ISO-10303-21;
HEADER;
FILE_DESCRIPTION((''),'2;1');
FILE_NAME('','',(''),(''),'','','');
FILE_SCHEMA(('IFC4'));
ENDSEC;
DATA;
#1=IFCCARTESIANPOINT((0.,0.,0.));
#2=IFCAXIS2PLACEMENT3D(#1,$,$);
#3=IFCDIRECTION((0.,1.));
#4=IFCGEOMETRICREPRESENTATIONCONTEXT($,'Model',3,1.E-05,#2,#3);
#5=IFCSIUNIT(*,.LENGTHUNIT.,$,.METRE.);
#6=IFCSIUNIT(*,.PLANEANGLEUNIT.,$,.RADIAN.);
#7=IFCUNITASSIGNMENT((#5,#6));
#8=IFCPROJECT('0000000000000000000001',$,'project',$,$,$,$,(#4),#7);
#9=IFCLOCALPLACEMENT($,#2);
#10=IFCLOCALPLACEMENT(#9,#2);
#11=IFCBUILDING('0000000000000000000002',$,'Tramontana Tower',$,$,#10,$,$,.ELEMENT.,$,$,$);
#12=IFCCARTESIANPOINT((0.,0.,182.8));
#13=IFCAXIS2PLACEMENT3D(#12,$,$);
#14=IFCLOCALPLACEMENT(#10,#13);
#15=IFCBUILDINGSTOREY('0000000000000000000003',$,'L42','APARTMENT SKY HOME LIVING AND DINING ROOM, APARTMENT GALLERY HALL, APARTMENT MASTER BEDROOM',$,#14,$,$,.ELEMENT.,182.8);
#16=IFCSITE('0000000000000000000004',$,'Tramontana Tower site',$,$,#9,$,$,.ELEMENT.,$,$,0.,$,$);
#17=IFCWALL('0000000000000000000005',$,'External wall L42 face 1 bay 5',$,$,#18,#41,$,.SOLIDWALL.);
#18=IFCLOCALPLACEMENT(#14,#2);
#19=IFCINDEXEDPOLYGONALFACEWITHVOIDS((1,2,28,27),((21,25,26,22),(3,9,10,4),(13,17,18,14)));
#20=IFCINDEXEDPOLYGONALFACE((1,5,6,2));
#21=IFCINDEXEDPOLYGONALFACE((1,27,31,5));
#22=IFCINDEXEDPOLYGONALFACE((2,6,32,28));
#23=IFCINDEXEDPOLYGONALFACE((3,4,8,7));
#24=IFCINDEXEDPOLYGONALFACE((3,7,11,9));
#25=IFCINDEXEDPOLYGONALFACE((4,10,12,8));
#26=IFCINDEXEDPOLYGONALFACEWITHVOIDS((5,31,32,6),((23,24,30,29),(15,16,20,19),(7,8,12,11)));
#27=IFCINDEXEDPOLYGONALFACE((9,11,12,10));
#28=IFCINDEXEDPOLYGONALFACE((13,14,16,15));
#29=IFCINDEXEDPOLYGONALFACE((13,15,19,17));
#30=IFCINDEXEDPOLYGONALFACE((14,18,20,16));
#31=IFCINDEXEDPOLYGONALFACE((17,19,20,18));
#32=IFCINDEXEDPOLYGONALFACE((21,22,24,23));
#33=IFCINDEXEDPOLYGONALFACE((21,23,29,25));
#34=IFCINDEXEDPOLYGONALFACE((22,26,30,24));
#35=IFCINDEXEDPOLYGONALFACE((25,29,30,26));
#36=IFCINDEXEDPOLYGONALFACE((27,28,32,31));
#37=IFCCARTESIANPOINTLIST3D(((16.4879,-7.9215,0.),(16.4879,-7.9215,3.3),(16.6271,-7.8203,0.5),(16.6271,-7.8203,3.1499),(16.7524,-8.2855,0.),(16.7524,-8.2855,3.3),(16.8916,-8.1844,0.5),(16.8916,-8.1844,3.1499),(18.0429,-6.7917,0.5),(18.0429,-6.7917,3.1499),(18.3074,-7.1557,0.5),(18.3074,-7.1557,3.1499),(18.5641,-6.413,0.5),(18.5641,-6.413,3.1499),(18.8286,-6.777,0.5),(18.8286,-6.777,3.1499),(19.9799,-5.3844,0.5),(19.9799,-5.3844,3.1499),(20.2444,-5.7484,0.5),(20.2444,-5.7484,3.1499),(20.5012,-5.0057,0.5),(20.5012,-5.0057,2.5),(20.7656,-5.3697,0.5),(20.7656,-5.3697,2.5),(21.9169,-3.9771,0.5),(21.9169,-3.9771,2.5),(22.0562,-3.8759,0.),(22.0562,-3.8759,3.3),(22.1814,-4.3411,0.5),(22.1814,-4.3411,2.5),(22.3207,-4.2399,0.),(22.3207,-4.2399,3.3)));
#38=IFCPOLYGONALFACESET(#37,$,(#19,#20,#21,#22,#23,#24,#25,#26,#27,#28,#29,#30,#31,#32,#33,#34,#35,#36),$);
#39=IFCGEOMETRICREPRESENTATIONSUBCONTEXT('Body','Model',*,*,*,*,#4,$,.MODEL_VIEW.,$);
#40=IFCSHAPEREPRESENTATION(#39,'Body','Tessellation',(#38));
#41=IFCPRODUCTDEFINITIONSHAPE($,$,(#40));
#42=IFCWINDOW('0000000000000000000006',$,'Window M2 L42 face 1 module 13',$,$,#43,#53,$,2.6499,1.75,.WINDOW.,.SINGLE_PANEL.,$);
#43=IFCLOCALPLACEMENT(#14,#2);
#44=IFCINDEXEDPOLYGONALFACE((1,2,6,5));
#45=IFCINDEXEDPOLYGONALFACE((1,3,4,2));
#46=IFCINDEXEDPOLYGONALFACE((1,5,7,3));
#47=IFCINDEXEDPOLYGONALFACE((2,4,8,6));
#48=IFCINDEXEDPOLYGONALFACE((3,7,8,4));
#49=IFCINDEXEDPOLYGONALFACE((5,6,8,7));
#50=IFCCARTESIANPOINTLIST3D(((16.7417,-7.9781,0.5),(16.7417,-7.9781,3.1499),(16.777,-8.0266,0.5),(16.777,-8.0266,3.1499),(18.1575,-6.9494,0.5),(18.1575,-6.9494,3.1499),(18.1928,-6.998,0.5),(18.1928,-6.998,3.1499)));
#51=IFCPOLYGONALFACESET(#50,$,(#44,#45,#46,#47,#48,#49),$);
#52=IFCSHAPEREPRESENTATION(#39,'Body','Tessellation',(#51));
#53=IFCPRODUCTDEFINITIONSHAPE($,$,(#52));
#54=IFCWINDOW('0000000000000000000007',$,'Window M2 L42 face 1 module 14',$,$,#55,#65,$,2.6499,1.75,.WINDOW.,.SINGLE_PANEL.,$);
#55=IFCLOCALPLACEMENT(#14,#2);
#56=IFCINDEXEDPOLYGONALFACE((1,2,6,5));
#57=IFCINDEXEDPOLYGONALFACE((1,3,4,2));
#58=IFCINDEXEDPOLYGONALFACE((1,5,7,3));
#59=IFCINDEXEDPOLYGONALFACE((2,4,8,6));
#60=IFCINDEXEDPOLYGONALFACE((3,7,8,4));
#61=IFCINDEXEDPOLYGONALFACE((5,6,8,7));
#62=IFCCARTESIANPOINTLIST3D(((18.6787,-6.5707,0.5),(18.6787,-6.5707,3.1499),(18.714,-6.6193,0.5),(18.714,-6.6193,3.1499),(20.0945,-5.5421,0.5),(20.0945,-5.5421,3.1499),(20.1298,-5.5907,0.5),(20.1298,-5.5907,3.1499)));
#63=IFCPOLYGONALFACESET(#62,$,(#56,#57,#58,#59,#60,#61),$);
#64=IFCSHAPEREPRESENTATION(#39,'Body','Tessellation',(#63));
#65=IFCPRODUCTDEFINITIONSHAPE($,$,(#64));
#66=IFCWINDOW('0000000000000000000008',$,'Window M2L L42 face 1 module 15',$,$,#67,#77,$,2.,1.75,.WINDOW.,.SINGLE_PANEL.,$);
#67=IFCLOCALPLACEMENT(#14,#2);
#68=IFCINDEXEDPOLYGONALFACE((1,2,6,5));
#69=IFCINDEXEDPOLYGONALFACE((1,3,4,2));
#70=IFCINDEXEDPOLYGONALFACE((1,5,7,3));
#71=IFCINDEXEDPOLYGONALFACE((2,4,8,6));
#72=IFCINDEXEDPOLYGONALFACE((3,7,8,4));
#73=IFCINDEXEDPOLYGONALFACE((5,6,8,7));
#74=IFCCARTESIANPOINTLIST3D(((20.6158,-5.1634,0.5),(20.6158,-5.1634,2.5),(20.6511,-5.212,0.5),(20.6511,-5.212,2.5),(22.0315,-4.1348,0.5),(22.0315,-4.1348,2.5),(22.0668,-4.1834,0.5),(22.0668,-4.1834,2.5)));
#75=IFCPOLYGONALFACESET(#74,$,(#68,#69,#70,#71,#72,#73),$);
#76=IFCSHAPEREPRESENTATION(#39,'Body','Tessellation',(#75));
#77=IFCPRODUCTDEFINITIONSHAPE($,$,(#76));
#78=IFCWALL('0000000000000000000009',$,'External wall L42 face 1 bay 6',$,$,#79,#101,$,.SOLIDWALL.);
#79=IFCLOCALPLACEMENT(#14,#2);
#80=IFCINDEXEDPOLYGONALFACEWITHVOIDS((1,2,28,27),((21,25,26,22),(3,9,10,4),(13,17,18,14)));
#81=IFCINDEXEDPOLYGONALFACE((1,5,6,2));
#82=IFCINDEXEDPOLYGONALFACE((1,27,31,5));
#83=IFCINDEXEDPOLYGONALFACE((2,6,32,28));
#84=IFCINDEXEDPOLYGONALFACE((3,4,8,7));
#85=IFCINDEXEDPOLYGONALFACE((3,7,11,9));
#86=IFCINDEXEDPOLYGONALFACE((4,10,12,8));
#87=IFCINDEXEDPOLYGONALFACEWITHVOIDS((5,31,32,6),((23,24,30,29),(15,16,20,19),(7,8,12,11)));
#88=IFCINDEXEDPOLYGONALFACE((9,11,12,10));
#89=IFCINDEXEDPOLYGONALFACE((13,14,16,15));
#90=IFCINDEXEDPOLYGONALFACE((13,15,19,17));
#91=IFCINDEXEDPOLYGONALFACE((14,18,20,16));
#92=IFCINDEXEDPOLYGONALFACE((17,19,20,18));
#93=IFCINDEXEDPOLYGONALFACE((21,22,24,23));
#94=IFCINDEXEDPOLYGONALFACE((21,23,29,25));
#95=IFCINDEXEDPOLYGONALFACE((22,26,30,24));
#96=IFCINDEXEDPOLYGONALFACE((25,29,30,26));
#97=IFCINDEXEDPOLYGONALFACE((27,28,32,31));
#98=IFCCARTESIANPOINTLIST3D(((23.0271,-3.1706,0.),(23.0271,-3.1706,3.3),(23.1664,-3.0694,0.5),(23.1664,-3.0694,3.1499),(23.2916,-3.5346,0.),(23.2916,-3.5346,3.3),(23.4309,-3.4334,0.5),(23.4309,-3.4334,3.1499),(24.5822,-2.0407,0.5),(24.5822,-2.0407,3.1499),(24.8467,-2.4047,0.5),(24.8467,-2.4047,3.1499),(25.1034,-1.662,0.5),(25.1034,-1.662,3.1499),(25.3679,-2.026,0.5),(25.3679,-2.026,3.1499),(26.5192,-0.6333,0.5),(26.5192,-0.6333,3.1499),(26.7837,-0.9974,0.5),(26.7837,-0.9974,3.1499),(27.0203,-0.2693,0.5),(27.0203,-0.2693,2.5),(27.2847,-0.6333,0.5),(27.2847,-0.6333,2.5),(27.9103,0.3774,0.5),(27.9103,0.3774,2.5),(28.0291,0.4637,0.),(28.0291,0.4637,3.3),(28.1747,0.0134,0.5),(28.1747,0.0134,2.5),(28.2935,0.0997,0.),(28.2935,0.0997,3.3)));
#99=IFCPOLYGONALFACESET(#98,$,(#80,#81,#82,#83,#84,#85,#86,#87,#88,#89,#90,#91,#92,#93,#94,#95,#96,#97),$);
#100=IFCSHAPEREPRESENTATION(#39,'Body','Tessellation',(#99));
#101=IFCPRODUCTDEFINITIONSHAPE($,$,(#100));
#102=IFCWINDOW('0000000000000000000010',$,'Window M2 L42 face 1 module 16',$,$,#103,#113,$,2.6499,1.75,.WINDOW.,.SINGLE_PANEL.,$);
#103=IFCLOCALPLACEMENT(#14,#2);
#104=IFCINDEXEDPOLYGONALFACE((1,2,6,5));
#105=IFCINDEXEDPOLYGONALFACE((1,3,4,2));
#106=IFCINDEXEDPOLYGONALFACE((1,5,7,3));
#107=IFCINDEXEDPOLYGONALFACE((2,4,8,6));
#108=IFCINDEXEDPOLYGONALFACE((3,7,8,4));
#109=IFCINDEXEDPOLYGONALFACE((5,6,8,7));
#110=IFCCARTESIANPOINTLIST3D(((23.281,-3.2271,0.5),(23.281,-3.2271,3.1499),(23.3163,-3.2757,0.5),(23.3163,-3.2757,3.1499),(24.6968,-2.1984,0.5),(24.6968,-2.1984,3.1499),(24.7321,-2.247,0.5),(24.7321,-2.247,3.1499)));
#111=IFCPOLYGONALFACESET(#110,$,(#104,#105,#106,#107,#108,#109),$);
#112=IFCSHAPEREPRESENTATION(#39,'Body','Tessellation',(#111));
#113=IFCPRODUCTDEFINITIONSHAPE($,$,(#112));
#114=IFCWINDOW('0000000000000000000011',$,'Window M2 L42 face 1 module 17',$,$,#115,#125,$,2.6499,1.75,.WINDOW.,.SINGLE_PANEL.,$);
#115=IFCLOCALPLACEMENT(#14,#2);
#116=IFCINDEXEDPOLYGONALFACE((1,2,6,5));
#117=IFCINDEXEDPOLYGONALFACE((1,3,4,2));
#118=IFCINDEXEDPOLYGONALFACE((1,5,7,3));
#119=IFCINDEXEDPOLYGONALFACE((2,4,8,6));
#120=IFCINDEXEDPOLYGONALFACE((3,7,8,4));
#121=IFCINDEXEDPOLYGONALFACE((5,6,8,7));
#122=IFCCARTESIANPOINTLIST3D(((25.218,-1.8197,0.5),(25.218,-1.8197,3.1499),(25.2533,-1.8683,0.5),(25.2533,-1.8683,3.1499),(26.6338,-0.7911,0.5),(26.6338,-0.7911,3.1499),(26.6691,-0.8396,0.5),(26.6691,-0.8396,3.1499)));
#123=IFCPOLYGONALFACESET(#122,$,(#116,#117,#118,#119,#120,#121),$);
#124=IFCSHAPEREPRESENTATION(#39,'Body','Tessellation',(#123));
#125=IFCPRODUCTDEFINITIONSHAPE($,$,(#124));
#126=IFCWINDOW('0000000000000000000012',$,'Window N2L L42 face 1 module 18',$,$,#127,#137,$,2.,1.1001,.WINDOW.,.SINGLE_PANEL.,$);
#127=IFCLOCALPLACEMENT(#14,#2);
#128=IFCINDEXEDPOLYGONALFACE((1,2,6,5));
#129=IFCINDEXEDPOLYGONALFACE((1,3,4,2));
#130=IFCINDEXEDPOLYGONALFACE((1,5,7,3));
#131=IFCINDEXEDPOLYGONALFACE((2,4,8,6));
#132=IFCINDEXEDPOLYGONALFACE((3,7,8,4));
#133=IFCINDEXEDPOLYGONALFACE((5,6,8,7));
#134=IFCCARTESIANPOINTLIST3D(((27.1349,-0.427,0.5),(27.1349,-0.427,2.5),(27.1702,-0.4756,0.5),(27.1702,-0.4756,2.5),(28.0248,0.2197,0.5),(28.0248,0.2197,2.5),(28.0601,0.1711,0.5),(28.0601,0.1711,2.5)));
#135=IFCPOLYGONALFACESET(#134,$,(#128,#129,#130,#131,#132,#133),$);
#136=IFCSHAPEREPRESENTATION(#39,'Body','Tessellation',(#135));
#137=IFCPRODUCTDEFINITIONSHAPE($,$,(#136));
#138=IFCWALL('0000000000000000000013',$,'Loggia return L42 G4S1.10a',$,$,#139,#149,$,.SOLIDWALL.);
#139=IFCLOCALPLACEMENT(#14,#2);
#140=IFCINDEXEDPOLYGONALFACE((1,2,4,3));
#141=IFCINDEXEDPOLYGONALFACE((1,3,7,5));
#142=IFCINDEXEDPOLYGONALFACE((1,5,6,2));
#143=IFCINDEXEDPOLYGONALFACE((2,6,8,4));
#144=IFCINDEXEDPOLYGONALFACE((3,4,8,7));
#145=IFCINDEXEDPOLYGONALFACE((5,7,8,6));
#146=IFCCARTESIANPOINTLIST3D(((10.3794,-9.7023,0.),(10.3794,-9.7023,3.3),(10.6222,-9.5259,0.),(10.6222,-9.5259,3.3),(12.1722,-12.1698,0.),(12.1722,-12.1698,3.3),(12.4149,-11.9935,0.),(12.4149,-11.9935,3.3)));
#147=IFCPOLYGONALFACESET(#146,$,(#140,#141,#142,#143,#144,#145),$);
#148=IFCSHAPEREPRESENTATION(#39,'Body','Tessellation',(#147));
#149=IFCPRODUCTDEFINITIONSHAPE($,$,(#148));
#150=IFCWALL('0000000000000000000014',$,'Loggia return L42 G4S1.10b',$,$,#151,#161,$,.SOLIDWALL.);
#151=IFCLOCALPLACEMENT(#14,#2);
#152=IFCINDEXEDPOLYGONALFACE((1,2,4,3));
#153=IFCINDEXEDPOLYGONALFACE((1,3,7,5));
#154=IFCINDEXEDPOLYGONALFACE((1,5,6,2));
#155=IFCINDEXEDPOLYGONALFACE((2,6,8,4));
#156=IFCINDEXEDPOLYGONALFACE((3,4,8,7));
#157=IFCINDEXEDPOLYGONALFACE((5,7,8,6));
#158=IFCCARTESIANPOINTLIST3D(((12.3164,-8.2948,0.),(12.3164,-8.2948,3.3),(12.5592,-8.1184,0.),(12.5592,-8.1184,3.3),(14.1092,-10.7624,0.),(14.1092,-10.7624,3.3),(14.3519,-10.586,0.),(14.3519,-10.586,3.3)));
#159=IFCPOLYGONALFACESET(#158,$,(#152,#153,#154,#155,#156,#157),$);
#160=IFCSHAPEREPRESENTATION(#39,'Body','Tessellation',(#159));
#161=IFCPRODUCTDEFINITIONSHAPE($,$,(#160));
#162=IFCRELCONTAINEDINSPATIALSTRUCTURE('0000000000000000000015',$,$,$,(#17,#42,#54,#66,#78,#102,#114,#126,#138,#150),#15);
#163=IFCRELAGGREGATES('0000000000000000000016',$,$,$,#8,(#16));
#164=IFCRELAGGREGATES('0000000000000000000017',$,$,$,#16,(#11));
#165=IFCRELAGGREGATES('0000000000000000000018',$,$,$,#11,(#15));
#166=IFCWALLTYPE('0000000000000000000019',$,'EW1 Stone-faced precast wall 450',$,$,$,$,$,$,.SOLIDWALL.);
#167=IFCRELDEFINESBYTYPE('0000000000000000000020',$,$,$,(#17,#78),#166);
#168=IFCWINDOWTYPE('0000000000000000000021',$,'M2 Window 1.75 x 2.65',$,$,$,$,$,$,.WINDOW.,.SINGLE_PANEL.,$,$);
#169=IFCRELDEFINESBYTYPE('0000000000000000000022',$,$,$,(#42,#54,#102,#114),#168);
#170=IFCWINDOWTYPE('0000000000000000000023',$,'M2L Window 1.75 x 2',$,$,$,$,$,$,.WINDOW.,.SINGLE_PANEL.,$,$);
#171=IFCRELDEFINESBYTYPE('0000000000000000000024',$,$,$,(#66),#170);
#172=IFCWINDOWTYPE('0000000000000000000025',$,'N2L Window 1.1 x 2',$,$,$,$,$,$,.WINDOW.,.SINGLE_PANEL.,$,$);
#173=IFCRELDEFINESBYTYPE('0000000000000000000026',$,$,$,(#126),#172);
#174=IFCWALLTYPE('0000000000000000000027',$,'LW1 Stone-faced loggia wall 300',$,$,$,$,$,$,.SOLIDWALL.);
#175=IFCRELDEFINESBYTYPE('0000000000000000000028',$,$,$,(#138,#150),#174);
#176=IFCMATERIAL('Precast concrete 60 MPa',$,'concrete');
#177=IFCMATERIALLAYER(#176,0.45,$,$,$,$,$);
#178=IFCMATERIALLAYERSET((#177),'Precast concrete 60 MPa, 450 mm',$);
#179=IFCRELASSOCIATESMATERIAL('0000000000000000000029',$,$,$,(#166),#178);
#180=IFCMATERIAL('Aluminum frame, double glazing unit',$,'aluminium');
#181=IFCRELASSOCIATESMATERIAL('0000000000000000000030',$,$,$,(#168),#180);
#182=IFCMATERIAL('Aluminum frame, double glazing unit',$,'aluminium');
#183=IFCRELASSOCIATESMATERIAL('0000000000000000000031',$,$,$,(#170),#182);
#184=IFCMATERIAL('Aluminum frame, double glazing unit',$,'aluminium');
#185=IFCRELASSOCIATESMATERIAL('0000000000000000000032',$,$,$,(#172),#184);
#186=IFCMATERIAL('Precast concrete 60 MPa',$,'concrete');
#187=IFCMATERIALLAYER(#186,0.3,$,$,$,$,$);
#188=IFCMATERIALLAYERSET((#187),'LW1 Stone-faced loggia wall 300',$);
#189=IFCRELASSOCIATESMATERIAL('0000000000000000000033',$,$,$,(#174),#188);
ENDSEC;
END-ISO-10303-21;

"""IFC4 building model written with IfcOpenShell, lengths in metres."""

from ifc_helpers import new_model, si_unit, direction, frame, frame_2d, origin, place, context, subcontext, project, spatial, rectangle, extrude, material, layer, layer_set, type_object, element, fill, save


model = new_model("IFC4")

# Units and contexts
model_context = context("Model", 3, precision=1e-05, world=origin(), true_north=direction((0.0, 1.0)))
body_context = subcontext(model_context, "Body", "Model", "MODEL_VIEW")
ifc_project = project(units=[si_unit("LENGTHUNIT", "METRE"), si_unit("PLANEANGLEUNIT", "RADIAN")], contexts=[model_context])

# Site, building, storey
site_placement = place(None, origin())
site = spatial("IfcSite", under=ifc_project, at=site_placement, Name="Tramontana Tower site", CompositionType="ELEMENT", RefElevation=0.0)
building_placement = place(site_placement, origin())
building = spatial("IfcBuilding", under=site, at=building_placement, Name="Tramontana Tower", CompositionType="ELEMENT")
storey_placement = place(building_placement, frame((0.0, 0.0, 182.8)))
storey = spatial("IfcBuildingStorey", under=building, at=storey_placement, Name="L42", Description="APARTMENT SKY HOME LIVING AND DINING ROOM, APARTMENT GALLERY HALL, APARTMENT MASTER BEDROOM", CompositionType="ELEMENT", Elevation=182.8)

# Shared definitions
ifc_material_1 = material(Name="Precast concrete 60 MPa", Category="concrete")
ifc_layer_1 = layer(ifc_material_1, 0.45)
ifc_layer_set_1 = layer_set([ifc_layer_1], Name="Precast concrete 60 MPa, 450 mm")
wall_type_1 = type_object("IfcWallType", Name="EW1 Stone-faced precast wall 450", PredefinedType="SOLIDWALL", material=ifc_layer_set_1)
ifc_material_2 = material(Name="Aluminum frame, double glazing unit", Category="aluminium")
window_type_1 = type_object("IfcWindowType", Name="M2 Window 1.75 x 2.65", PartitioningType="SINGLE_PANEL", PredefinedType="WINDOW", material=ifc_material_2)

# Walls, openings, windows
wall_1_placement = place(storey_placement, frame((16.6201, -8.1035, 0.0), z_axis=(0.0, 0.0, 1.0), x_axis=(0.809017, 0.587786, 0.0)))
wall_1 = element("IfcWall", 1, at=wall_1_placement, inside=storey, type_object=wall_type_1, Name="External wall L42 face 1 bay 5", PredefinedType="SOLIDWALL", context=body_context, shape_type="SweptSolid", body=[
    extrude(rectangle(XDim=6.8828, YDim=0.45, at=frame_2d((3.4414, 0.0))), origin(), (0.0, 0.0, 1.0), 3.3),
])
opening_1_placement = place(wall_1_placement, frame((0.1721, 0.0, 0.5)))
opening_1 = element("IfcOpeningElement", 2, at=opening_1_placement, cuts=wall_1, PredefinedType="OPENING", context=body_context, shape_type="SweptSolid", body=[
    extrude(rectangle(XDim=1.75, YDim=2.6499, at=frame_2d((0.875, 1.325))), frame((0.0, 0.2349, 0.0), z_axis=(0.0, -1.0, 0.0), x_axis=(1.0, 0.0, 0.0)), (0.0, 0.0, 1.0), 0.47),
])
opening_2_placement = place(wall_1_placement, frame((2.5664, 0.0, 0.5)))
opening_2 = element("IfcOpeningElement", 3, at=opening_2_placement, cuts=wall_1, PredefinedType="OPENING", context=body_context, shape_type="SweptSolid", body=[
    extrude(rectangle(XDim=1.75, YDim=2.6499, at=frame_2d((0.875, 1.325))), frame((0.0, 0.2349, 0.0), z_axis=(0.0, -1.0, 0.0), x_axis=(1.0, 0.0, 0.0)), (0.0, 0.0, 1.0), 0.47),
])
opening_3_placement = place(wall_1_placement, frame((4.9607, 0.0, 0.5)))
opening_3 = element("IfcOpeningElement", 4, at=opening_3_placement, cuts=wall_1, PredefinedType="OPENING", context=body_context, shape_type="SweptSolid", body=[
    extrude(rectangle(XDim=1.75, YDim=2.0, at=frame_2d((0.875, 1.0))), frame((0.0, 0.2349, 0.0), z_axis=(0.0, -1.0, 0.0), x_axis=(1.0, 0.0, 0.0)), (0.0, 0.0, 1.0), 0.47),
])
window_1_placement = place(opening_1_placement, origin())
window_1 = element("IfcWindow", 5, at=window_1_placement, inside=storey, type_object=window_type_1, Name="Window M2 L42 face 1 module 13", OverallHeight=2.6499, OverallWidth=1.75, PartitioningType="SINGLE_PANEL", PredefinedType="WINDOW", context=body_context, shape_type="SweptSolid", body=[
    extrude(rectangle(XDim=1.75, YDim=2.6499, at=frame_2d((0.875, 1.325))), frame((0.0, 0.03, 0.0), z_axis=(0.0, -1.0, 0.0), x_axis=(1.0, 0.0, 0.0)), (0.0, 0.0, 1.0), 0.0601),
])
fill(opening_1, window_1)
window_2_placement = place(opening_2_placement, origin())
window_2 = element("IfcWindow", 6, at=window_2_placement, inside=storey, type_object=window_type_1, Name="Window M2 L42 face 1 module 14", OverallHeight=2.6499, OverallWidth=1.75, PartitioningType="SINGLE_PANEL", PredefinedType="WINDOW", context=body_context, shape_type="SweptSolid", body=[
    extrude(rectangle(XDim=1.75, YDim=2.6499, at=frame_2d((0.875, 1.325))), frame((0.0, 0.03, 0.0), z_axis=(0.0, -1.0, 0.0), x_axis=(1.0, 0.0, 0.0)), (0.0, 0.0, 1.0), 0.0601),
])
fill(opening_2, window_2)
ifc_material_3 = material(Name="Aluminum frame, double glazing unit", Category="aluminium")
window_type_2 = type_object("IfcWindowType", Name="M2L Window 1.75 x 2", PartitioningType="SINGLE_PANEL", PredefinedType="WINDOW", material=ifc_material_3)
window_3_placement = place(opening_3_placement, origin())
window_3 = element("IfcWindow", 7, at=window_3_placement, inside=storey, type_object=window_type_2, Name="Window M2L L42 face 1 module 15", OverallHeight=2.0, OverallWidth=1.75, PartitioningType="SINGLE_PANEL", PredefinedType="WINDOW", context=body_context, shape_type="SweptSolid", body=[
    extrude(rectangle(XDim=1.75, YDim=2.0, at=frame_2d((0.875, 1.0))), frame((0.0, 0.03, 0.0), z_axis=(0.0, -1.0, 0.0), x_axis=(1.0, 0.0, 0.0)), (0.0, 0.0, 1.0), 0.0601),
])
fill(opening_3, window_3)
wall_2_placement = place(storey_placement, frame((23.1594, -3.3525, 0.0), z_axis=(0.0, 0.0, 1.0), x_axis=(0.809006, 0.587801, 0.0)))
wall_2 = element("IfcWall", 8, at=wall_2_placement, inside=storey, type_object=wall_type_1, Name="External wall L42 face 1 bay 6", PredefinedType="SOLIDWALL", context=body_context, shape_type="SweptSolid", body=[
    extrude(rectangle(XDim=6.1829, YDim=0.45, at=frame_2d((3.0913, 0.0))), origin(), (0.0, 0.0, 1.0), 3.3),
])
opening_4_placement = place(wall_2_placement, frame((0.1721, 0.0, 0.5)))
opening_4 = element("IfcOpeningElement", 9, at=opening_4_placement, cuts=wall_2, PredefinedType="OPENING", context=body_context, shape_type="SweptSolid", body=[
    extrude(rectangle(XDim=1.75, YDim=2.6499, at=frame_2d((0.875, 1.325))), frame((0.0, 0.2349, 0.0), z_axis=(0.0, -1.0, 0.0), x_axis=(1.0, 0.0, 0.0)), (0.0, 0.0, 1.0), 0.47),
])
opening_5_placement = place(wall_2_placement, frame((2.5664, 0.0, 0.5)))
opening_5 = element("IfcOpeningElement", 10, at=opening_5_placement, cuts=wall_2, PredefinedType="OPENING", context=body_context, shape_type="SweptSolid", body=[
    extrude(rectangle(XDim=1.75, YDim=2.6499, at=frame_2d((0.875, 1.325))), frame((0.0, 0.2349, 0.0), z_axis=(0.0, -1.0, 0.0), x_axis=(1.0, 0.0, 0.0)), (0.0, 0.0, 1.0), 0.47),
])
opening_6_placement = place(wall_2_placement, frame((4.9358, 0.0, 0.5)))
opening_6 = element("IfcOpeningElement", 11, at=opening_6_placement, cuts=wall_2, PredefinedType="OPENING", context=body_context, shape_type="SweptSolid", body=[
    extrude(rectangle(XDim=1.1001, YDim=2.0, at=frame_2d((0.55, 1.0))), frame((0.0, 0.2349, 0.0), z_axis=(0.0, -1.0, 0.0), x_axis=(1.0, 0.0, 0.0)), (0.0, 0.0, 1.0), 0.47),
])
window_4_placement = place(opening_4_placement, origin())
window_4 = element("IfcWindow", 12, at=window_4_placement, inside=storey, type_object=window_type_1, Name="Window M2 L42 face 1 module 16", OverallHeight=2.6499, OverallWidth=1.75, PartitioningType="SINGLE_PANEL", PredefinedType="WINDOW", context=body_context, shape_type="SweptSolid", body=[
    extrude(rectangle(XDim=1.75, YDim=2.6499, at=frame_2d((0.875, 1.325))), frame((0.0, 0.03, 0.0), z_axis=(0.0, -1.0, 0.0), x_axis=(1.0, 0.0, 0.0)), (0.0, 0.0, 1.0), 0.0601),
])
fill(opening_4, window_4)
window_5_placement = place(opening_5_placement, origin())
window_5 = element("IfcWindow", 13, at=window_5_placement, inside=storey, type_object=window_type_1, Name="Window M2 L42 face 1 module 17", OverallHeight=2.6499, OverallWidth=1.75, PartitioningType="SINGLE_PANEL", PredefinedType="WINDOW", context=body_context, shape_type="SweptSolid", body=[
    extrude(rectangle(XDim=1.75, YDim=2.6499, at=frame_2d((0.875, 1.325))), frame((0.0, 0.03, 0.0), z_axis=(0.0, -1.0, 0.0), x_axis=(1.0, 0.0, 0.0)), (0.0, 0.0, 1.0), 0.0601),
])
fill(opening_5, window_5)
ifc_material_4 = material(Name="Aluminum frame, double glazing unit", Category="aluminium")
window_type_3 = type_object("IfcWindowType", Name="N2L Window 1.1 x 2", PartitioningType="SINGLE_PANEL", PredefinedType="WINDOW", material=ifc_material_4)
window_6_placement = place(opening_6_placement, origin())
window_6 = element("IfcWindow", 14, at=window_6_placement, inside=storey, type_object=window_type_3, Name="Window N2L L42 face 1 module 18", OverallHeight=2.0, OverallWidth=1.1001, PartitioningType="SINGLE_PANEL", PredefinedType="WINDOW", context=body_context, shape_type="SweptSolid", body=[
    extrude(rectangle(XDim=1.1001, YDim=2.0, at=frame_2d((0.55, 1.0))), frame((0.0, 0.03, 0.0), z_axis=(0.0, -1.0, 0.0), x_axis=(1.0, 0.0, 0.0)), (0.0, 0.0, 1.0), 0.0601),
])
fill(opening_6, window_6)

# Walls
ifc_material_5 = material(Name="Precast concrete 60 MPa", Category="concrete")
ifc_layer_2 = layer(ifc_material_5, 0.3)
ifc_layer_set_2 = layer_set([ifc_layer_2], Name="LW1 Stone-faced loggia wall 300")
wall_type_2 = type_object("IfcWallType", Name="LW1 Stone-faced loggia wall 300", PredefinedType="SOLIDWALL", material=ifc_layer_set_2)
for number, where, z_axis, x_axis, name in (
    (15, (12.2935, -12.0815, 0.0), (0.0, 0.0, 1.0), (-0.587777, 0.809023, 0.0), "Loggia return L42 G4S1.10a"),
    (16, (14.2305, -10.6741, 0.0), (0.0, 0.0, 1.0), (-0.587777, 0.809023, 0.0), "Loggia return L42 G4S1.10b"),
):
    element("IfcWall", number, at=place(storey_placement, frame(where, z_axis=z_axis, x_axis=x_axis)), inside=storey, type_object=wall_type_2, Name=name, PredefinedType="SOLIDWALL", context=body_context, shape_type="SweptSolid", body=[
        extrude(rectangle(XDim=3.05, YDim=0.3, at=frame_2d((1.5249, 0.0))), origin(), (0.0, 0.0, 1.0), 3.3),
    ])

save(model, "model.ifc")
